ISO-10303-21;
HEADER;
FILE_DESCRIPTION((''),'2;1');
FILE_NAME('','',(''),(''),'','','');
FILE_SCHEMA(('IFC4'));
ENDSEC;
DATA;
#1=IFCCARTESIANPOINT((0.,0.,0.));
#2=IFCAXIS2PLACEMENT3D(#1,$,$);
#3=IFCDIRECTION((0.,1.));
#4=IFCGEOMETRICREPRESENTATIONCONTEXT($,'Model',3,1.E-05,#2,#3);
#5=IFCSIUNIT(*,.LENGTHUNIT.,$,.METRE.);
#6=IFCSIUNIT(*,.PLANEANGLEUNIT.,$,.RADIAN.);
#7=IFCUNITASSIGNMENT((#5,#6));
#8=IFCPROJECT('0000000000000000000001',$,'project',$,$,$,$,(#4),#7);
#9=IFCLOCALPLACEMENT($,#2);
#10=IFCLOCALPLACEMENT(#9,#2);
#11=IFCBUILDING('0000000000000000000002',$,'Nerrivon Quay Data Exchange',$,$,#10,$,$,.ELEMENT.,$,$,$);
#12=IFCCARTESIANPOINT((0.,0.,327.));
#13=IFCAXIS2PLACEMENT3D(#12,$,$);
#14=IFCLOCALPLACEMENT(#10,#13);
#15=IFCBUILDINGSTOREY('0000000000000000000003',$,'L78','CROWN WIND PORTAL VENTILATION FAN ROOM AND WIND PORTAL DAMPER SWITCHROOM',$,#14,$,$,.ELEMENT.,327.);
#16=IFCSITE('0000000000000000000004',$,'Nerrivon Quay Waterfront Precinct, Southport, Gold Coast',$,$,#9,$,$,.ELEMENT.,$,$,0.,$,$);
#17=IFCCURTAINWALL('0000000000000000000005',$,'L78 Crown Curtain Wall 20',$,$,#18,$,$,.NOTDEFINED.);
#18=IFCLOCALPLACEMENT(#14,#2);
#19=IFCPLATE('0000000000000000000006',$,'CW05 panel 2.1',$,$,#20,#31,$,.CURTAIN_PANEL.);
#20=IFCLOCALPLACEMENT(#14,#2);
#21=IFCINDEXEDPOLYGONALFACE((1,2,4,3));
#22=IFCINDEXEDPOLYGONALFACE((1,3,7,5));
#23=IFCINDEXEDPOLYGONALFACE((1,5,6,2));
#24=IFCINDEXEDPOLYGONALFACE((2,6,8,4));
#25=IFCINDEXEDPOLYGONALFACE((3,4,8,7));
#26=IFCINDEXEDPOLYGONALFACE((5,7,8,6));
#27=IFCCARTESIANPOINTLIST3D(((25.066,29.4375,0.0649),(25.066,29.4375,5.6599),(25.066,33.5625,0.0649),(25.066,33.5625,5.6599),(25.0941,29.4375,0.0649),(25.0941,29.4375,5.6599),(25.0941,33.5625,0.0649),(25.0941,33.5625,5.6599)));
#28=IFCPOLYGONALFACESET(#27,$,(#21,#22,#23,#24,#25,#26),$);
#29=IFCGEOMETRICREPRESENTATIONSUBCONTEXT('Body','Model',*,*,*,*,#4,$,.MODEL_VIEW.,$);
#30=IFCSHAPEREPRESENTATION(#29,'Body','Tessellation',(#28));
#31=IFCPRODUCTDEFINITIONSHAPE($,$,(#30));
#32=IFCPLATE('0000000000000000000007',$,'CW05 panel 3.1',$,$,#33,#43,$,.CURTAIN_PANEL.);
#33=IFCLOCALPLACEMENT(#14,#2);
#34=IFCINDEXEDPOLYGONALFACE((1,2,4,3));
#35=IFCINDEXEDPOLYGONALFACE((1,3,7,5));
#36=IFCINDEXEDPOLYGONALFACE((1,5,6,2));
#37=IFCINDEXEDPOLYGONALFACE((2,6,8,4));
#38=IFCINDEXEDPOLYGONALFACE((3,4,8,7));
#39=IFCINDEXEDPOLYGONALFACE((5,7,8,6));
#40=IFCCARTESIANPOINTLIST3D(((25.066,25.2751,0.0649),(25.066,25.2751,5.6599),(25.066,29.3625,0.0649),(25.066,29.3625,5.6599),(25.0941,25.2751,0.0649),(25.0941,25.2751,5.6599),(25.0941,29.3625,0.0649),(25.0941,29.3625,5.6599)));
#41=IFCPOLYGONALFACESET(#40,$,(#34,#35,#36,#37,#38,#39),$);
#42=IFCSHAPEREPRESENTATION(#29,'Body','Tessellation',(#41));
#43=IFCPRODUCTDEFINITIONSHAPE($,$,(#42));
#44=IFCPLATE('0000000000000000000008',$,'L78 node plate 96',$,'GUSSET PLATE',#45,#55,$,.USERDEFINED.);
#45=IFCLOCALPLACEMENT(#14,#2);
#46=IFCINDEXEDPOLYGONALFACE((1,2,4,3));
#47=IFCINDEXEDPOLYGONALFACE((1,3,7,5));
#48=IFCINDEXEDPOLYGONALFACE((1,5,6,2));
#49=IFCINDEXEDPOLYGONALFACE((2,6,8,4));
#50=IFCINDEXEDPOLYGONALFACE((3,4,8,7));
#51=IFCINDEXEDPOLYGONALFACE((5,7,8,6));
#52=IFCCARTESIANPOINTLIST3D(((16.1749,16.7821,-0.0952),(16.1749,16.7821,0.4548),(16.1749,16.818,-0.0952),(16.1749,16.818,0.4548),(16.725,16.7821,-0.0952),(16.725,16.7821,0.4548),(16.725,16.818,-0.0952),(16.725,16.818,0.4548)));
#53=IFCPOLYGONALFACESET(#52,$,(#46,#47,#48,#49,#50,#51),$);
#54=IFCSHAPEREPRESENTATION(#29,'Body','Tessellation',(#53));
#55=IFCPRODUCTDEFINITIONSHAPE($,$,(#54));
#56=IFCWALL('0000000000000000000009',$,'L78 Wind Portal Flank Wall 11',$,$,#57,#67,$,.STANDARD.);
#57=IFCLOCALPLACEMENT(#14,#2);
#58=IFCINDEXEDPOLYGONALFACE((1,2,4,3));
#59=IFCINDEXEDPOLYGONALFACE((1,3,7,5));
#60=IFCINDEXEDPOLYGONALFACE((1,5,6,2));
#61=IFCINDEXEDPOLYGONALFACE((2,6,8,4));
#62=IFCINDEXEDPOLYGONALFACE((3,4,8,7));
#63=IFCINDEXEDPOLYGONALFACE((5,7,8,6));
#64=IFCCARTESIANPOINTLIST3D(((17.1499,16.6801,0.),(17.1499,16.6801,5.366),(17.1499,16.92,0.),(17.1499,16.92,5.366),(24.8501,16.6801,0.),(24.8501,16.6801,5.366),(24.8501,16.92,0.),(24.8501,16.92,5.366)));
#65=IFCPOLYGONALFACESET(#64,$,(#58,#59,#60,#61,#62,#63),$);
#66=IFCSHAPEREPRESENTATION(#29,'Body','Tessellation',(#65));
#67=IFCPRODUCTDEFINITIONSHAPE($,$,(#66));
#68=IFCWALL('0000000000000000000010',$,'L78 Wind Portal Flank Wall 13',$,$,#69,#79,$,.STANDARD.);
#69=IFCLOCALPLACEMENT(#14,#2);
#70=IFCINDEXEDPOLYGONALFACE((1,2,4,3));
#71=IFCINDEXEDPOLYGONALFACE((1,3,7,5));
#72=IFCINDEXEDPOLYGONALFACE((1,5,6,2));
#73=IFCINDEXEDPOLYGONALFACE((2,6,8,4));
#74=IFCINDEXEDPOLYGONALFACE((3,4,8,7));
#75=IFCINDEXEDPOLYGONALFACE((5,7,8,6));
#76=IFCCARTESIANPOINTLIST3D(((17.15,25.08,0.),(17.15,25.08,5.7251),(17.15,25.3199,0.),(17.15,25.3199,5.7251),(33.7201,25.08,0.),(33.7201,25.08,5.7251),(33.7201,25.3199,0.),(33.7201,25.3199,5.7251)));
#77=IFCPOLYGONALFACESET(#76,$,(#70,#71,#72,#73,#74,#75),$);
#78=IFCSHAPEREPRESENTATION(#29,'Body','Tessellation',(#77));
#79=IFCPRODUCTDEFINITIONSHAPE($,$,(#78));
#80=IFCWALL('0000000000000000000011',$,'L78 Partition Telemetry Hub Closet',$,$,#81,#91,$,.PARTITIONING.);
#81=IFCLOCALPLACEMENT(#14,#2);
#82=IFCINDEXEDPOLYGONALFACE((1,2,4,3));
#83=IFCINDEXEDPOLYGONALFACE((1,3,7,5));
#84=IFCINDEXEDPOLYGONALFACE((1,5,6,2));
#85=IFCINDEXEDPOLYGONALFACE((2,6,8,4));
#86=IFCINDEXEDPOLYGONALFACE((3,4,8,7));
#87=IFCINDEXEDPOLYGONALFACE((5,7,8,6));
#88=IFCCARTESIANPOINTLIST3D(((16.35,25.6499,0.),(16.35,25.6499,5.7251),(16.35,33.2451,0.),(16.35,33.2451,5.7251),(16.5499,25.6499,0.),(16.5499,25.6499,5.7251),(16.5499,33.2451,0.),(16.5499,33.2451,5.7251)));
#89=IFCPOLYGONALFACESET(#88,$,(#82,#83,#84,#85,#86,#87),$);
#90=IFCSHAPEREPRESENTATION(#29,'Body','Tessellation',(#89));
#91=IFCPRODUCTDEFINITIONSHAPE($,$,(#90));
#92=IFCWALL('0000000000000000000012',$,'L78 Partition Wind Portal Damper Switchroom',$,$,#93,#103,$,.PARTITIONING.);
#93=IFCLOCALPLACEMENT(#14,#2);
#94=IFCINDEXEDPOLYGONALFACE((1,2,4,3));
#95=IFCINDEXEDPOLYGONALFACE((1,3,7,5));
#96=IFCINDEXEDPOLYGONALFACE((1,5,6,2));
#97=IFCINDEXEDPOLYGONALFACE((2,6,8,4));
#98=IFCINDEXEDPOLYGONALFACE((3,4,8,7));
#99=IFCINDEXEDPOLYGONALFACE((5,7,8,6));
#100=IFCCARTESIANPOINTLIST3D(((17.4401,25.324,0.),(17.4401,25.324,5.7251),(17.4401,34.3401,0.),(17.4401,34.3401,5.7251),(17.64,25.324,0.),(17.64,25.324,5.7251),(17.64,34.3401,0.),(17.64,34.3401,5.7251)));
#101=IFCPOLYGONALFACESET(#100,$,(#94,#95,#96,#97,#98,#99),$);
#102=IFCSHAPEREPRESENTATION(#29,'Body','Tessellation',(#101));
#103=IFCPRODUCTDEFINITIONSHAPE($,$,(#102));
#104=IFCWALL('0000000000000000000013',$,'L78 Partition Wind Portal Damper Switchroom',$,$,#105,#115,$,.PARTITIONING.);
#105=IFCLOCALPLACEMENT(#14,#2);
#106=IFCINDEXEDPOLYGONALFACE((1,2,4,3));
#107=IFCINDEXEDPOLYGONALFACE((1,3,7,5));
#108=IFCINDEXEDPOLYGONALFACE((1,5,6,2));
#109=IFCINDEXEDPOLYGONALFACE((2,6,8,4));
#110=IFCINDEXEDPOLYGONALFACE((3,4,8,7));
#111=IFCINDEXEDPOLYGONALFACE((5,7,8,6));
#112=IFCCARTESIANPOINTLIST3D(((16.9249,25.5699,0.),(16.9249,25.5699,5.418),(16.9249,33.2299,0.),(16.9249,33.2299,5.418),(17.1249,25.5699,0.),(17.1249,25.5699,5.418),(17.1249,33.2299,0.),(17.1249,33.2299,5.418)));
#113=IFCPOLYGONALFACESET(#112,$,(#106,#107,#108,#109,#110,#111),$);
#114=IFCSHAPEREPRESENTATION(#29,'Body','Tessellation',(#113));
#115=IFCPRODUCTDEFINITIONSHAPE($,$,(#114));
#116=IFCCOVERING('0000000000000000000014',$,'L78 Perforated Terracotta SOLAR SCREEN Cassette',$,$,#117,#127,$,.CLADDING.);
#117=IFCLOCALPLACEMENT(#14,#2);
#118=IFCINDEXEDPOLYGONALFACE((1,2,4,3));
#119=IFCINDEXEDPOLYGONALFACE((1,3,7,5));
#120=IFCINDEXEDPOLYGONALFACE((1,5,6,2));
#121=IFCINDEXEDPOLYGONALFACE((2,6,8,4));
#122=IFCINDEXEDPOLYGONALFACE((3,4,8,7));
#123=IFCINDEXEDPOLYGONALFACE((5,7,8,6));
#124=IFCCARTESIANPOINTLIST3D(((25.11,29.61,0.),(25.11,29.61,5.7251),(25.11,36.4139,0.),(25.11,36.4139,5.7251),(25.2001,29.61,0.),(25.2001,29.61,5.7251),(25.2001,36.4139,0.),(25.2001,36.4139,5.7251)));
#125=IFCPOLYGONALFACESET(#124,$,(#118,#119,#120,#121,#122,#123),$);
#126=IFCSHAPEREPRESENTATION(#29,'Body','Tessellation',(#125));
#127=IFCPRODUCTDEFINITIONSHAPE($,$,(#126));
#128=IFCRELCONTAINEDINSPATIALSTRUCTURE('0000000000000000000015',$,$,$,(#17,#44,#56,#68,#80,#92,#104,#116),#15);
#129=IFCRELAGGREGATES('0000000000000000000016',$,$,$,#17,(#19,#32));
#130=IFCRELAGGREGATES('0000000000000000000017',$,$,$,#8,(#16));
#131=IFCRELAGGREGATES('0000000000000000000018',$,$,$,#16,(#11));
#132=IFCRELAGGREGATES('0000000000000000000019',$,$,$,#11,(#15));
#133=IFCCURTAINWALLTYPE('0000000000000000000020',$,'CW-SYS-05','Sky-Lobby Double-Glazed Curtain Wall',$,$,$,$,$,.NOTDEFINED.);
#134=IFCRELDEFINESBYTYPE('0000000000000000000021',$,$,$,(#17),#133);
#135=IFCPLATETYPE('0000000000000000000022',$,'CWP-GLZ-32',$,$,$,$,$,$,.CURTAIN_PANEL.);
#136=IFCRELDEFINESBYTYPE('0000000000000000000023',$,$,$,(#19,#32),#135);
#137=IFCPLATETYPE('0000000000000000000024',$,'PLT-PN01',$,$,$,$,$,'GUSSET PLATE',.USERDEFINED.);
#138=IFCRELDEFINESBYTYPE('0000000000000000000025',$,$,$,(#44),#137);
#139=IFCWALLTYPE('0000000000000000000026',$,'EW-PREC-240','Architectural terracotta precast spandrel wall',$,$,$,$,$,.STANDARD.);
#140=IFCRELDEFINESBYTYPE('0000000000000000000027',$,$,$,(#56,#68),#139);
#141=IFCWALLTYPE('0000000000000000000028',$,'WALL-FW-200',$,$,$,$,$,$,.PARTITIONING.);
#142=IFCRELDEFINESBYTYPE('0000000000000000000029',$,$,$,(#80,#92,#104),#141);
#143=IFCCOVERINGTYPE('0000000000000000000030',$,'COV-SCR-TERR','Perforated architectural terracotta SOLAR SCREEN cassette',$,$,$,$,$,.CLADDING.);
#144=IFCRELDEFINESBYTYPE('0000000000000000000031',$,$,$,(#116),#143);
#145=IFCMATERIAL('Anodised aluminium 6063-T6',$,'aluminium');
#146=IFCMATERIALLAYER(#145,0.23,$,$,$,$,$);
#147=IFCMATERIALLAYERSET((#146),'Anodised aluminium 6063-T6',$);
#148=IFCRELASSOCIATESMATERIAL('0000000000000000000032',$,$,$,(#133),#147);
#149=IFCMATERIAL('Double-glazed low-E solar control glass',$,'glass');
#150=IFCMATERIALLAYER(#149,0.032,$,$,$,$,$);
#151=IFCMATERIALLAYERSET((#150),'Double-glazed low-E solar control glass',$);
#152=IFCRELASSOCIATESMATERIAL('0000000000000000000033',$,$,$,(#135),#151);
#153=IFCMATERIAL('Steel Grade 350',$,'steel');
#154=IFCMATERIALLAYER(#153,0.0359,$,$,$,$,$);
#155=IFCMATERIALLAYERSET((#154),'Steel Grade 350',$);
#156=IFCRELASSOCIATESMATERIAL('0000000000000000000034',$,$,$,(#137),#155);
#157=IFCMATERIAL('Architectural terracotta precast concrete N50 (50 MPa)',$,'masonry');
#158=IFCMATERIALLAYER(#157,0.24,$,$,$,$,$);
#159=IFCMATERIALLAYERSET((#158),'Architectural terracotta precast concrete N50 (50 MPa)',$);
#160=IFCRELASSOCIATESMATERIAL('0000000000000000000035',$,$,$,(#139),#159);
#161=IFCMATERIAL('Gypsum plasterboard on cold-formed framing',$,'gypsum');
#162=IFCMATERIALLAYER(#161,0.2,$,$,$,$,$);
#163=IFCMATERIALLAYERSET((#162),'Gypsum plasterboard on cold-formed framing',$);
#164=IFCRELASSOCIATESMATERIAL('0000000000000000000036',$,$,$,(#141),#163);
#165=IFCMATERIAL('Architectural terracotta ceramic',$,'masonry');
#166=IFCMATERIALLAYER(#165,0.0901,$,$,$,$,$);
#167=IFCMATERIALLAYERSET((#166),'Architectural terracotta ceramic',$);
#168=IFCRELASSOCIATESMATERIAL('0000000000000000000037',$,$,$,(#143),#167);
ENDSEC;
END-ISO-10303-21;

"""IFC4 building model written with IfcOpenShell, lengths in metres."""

from ifc_helpers import new_model, si_unit, direction, frame, frame_2d, origin, origin_2d, place, context, subcontext, project, spatial, rectangle, extrude, material, layer, layer_set, type_object, element, aggregate, save


model = new_model("IFC4")

# Units and contexts
model_context = context("Model", 3, precision=1e-05, world=origin(), true_north=direction((0.0, 1.0)))
body_context = subcontext(model_context, "Body", "Model", "MODEL_VIEW")
ifc_project = project(units=[si_unit("LENGTHUNIT", "METRE"), si_unit("PLANEANGLEUNIT", "RADIAN")], contexts=[model_context])

# Site, building, storey
site_placement = place(None, origin())
site = spatial("IfcSite", under=ifc_project, at=site_placement, Name="Nerrivon Quay Waterfront Precinct, Southport, Gold Coast", CompositionType="ELEMENT", RefElevation=0.0)
building_placement = place(site_placement, origin())
building = spatial("IfcBuilding", under=site, at=building_placement, Name="Nerrivon Quay Data Exchange", CompositionType="ELEMENT")
storey_placement = place(building_placement, frame((0.0, 0.0, 327.0)))
storey = spatial("IfcBuildingStorey", under=building, at=storey_placement, Name="L78", Description="CROWN WIND PORTAL VENTILATION FAN ROOM AND WIND PORTAL DAMPER SWITCHROOM", CompositionType="ELEMENT", Elevation=327.0)

# Shared definitions
ifc_material_1 = material(Name="Steel Grade 350", Category="steel")

# Curtain wall, plates
ifc_material_2 = material(Name="Anodised aluminium 6063-T6", Category="aluminium")
ifc_layer_1 = layer(ifc_material_2, 0.23)
ifc_layer_set_1 = layer_set([ifc_layer_1], Name="Anodised aluminium 6063-T6")
curtain_wall_type = type_object("IfcCurtainWallType", Name="CW-SYS-05", Description="Sky-Lobby Double-Glazed Curtain Wall", PredefinedType="NOTDEFINED", material=ifc_layer_set_1)
curtain_wall_placement = place(storey_placement, origin())
curtain_wall = element("IfcCurtainWall", 1, at=curtain_wall_placement, inside=storey, type_object=curtain_wall_type, Name="L78 Crown Curtain Wall 20", PredefinedType="NOTDEFINED")
ifc_material_3 = material(Name="Double-glazed low-E solar control glass", Category="glass")
ifc_layer_2 = layer(ifc_material_3, 0.032)
ifc_layer_set_2 = layer_set([ifc_layer_2], Name="Double-glazed low-E solar control glass")
plate_type_1 = type_object("IfcPlateType", Name="CWP-GLZ-32", PredefinedType="CURTAIN_PANEL", material=ifc_layer_set_2)
plate_1_placement = place(storey_placement, frame((25.0801, 31.5, 0.0649), z_axis=(0.0, 0.0, 1.0), x_axis=(0.0, -1.0, 0.0)))
plate_1 = element("IfcPlate", 2, at=plate_1_placement, type_object=plate_type_1, Name="CW05 panel 2.1", PredefinedType="CURTAIN_PANEL", context=body_context, shape_type="SweptSolid", body=[
    extrude(rectangle(XDim=4.125, YDim=0.0281, at=origin_2d()), origin(), (0.0, 0.0, 1.0), 5.595),
])
plate_2_placement = place(storey_placement, frame((25.0801, 27.3188, 0.0649), z_axis=(0.0, 0.0, 1.0), x_axis=(0.0, -1.0, 0.0)))
plate_2 = element("IfcPlate", 3, at=plate_2_placement, type_object=plate_type_1, Name="CW05 panel 3.1", PredefinedType="CURTAIN_PANEL", context=body_context, shape_type="SweptSolid", body=[
    extrude(rectangle(XDim=4.0874, YDim=0.0281, at=origin_2d()), origin(), (0.0, 0.0, 1.0), 5.595),
])
aggregate(curtain_wall, [plate_1, plate_2])

# Plate
ifc_layer_3 = layer(ifc_material_1, 0.0359)
ifc_layer_set_3 = layer_set([ifc_layer_3], Name="Steel Grade 350")
plate_type_2 = type_object("IfcPlateType", Name="PLT-PN01", ElementType="GUSSET PLATE", PredefinedType="USERDEFINED", material=ifc_layer_set_3)
plate_3_placement = place(storey_placement, frame((16.45, 16.8, -0.0952), z_axis=(0.0, 0.0, 1.0), x_axis=(1.0, 0.0, 0.0)))
element("IfcPlate", 4, at=plate_3_placement, inside=storey, type_object=plate_type_2, Name="L78 node plate 96", ObjectType="GUSSET PLATE", PredefinedType="USERDEFINED", context=body_context, shape_type="SweptSolid", body=[
    extrude(rectangle(XDim=0.55, YDim=0.0359, at=origin_2d()), origin(), (0.0, 0.0, 1.0), 0.55),
])

# Walls
ifc_material_4 = material(Name="Architectural terracotta precast concrete N50 (50 MPa)", Category="masonry")
ifc_layer_4 = layer(ifc_material_4, 0.24)
ifc_layer_set_4 = layer_set([ifc_layer_4], Name="Architectural terracotta precast concrete N50 (50 MPa)")
wall_type_1 = type_object("IfcWallType", Name="EW-PREC-240", Description="Architectural terracotta precast spandrel wall", PredefinedType="STANDARD", material=ifc_layer_set_4)
wall_1_placement = place(storey_placement, frame((17.1499, 16.8, 0.0), z_axis=(0.0, 0.0, 1.0), x_axis=(1.0, 0.0, 0.0)))
element("IfcWall", 5, at=wall_1_placement, inside=storey, type_object=wall_type_1, Name="L78 Wind Portal Flank Wall 11", PredefinedType="STANDARD", context=body_context, shape_type="SweptSolid", body=[
    extrude(rectangle(XDim=7.7002, YDim=0.24, at=frame_2d((3.8501, 0.0))), origin(), (0.0, 0.0, 1.0), 5.366),
])
wall_2_placement = place(storey_placement, frame((17.1499, 25.2, 0.0), z_axis=(0.0, 0.0, 1.0), x_axis=(1.0, 0.0, 0.0)))
element("IfcWall", 6, at=wall_2_placement, inside=storey, type_object=wall_type_1, Name="L78 Wind Portal Flank Wall 13", PredefinedType="STANDARD", context=body_context, shape_type="SweptSolid", body=[
    extrude(rectangle(XDim=16.5701, YDim=0.24, at=frame_2d((8.2852, 0.0))), origin(), (0.0, 0.0, 1.0), 5.7251),
])
ifc_material_5 = material(Name="Gypsum plasterboard on cold-formed framing", Category="gypsum")
ifc_layer_5 = layer(ifc_material_5, 0.2)
ifc_layer_set_5 = layer_set([ifc_layer_5], Name="Gypsum plasterboard on cold-formed framing")
wall_type_2 = type_object("IfcWallType", Name="WALL-FW-200", PredefinedType="PARTITIONING", material=ifc_layer_set_5)
wall_3_placement = place(storey_placement, frame((16.45, 25.6499, 0.0), z_axis=(0.0, 0.0, 1.0), x_axis=(0.0, 1.0, 0.0)))
element("IfcWall", 7, at=wall_3_placement, inside=storey, type_object=wall_type_2, Name="L78 Partition Telemetry Hub Closet", PredefinedType="PARTITIONING", context=body_context, shape_type="SweptSolid", body=[
    extrude(rectangle(XDim=7.5952, YDim=0.2, at=frame_2d((3.7976, 0.0))), origin(), (0.0, 0.0, 1.0), 5.7251),
])
wall_4_placement = place(storey_placement, frame((17.54, 25.324, 0.0), z_axis=(0.0, 0.0, 1.0), x_axis=(0.0, 1.0, 0.0)))
element("IfcWall", 8, at=wall_4_placement, inside=storey, type_object=wall_type_2, Name="L78 Partition Wind Portal Damper Switchroom", PredefinedType="PARTITIONING", context=body_context, shape_type="SweptSolid", body=[
    extrude(rectangle(XDim=9.0161, YDim=0.2, at=frame_2d((4.5081, 0.0))), origin(), (0.0, 0.0, 1.0), 5.7251),
])
wall_5_placement = place(storey_placement, frame((17.0249, 33.23, 0.0), z_axis=(0.0, 0.0, 1.0), x_axis=(0.0, -1.0, 0.0)))
element("IfcWall", 9, at=wall_5_placement, inside=storey, type_object=wall_type_2, Name="L78 Partition Wind Portal Damper Switchroom", PredefinedType="PARTITIONING", context=body_context, shape_type="SweptSolid", body=[
    extrude(rectangle(XDim=7.6599, YDim=0.2, at=frame_2d((3.8301, 0.0))), origin(), (0.0, 0.0, 1.0), 5.418),
])

# Covering
ifc_material_6 = material(Name="Architectural terracotta ceramic", Category="masonry")
ifc_layer_6 = layer(ifc_material_6, 0.0901)
ifc_layer_set_6 = layer_set([ifc_layer_6], Name="Architectural terracotta ceramic")
covering_type = type_object("IfcCoveringType", Name="COV-SCR-TERR", Description="Perforated architectural terracotta SOLAR SCREEN cassette", PredefinedType="CLADDING", material=ifc_layer_set_6)
covering_placement = place(storey_placement, frame((25.155, 33.012, 0.0), z_axis=(0.0, 0.0, 1.0), x_axis=(0.0, -1.0, 0.0)))
element("IfcCovering", 10, at=covering_placement, inside=storey, type_object=covering_type, Name="L78 Perforated Terracotta SOLAR SCREEN Cassette", PredefinedType="CLADDING", context=body_context, shape_type="SweptSolid", body=[
    extrude(rectangle(XDim=6.804, YDim=0.0901, at=origin_2d()), origin(), (0.0, 0.0, 1.0), 5.7251),
])

save(model, "model.ifc")
